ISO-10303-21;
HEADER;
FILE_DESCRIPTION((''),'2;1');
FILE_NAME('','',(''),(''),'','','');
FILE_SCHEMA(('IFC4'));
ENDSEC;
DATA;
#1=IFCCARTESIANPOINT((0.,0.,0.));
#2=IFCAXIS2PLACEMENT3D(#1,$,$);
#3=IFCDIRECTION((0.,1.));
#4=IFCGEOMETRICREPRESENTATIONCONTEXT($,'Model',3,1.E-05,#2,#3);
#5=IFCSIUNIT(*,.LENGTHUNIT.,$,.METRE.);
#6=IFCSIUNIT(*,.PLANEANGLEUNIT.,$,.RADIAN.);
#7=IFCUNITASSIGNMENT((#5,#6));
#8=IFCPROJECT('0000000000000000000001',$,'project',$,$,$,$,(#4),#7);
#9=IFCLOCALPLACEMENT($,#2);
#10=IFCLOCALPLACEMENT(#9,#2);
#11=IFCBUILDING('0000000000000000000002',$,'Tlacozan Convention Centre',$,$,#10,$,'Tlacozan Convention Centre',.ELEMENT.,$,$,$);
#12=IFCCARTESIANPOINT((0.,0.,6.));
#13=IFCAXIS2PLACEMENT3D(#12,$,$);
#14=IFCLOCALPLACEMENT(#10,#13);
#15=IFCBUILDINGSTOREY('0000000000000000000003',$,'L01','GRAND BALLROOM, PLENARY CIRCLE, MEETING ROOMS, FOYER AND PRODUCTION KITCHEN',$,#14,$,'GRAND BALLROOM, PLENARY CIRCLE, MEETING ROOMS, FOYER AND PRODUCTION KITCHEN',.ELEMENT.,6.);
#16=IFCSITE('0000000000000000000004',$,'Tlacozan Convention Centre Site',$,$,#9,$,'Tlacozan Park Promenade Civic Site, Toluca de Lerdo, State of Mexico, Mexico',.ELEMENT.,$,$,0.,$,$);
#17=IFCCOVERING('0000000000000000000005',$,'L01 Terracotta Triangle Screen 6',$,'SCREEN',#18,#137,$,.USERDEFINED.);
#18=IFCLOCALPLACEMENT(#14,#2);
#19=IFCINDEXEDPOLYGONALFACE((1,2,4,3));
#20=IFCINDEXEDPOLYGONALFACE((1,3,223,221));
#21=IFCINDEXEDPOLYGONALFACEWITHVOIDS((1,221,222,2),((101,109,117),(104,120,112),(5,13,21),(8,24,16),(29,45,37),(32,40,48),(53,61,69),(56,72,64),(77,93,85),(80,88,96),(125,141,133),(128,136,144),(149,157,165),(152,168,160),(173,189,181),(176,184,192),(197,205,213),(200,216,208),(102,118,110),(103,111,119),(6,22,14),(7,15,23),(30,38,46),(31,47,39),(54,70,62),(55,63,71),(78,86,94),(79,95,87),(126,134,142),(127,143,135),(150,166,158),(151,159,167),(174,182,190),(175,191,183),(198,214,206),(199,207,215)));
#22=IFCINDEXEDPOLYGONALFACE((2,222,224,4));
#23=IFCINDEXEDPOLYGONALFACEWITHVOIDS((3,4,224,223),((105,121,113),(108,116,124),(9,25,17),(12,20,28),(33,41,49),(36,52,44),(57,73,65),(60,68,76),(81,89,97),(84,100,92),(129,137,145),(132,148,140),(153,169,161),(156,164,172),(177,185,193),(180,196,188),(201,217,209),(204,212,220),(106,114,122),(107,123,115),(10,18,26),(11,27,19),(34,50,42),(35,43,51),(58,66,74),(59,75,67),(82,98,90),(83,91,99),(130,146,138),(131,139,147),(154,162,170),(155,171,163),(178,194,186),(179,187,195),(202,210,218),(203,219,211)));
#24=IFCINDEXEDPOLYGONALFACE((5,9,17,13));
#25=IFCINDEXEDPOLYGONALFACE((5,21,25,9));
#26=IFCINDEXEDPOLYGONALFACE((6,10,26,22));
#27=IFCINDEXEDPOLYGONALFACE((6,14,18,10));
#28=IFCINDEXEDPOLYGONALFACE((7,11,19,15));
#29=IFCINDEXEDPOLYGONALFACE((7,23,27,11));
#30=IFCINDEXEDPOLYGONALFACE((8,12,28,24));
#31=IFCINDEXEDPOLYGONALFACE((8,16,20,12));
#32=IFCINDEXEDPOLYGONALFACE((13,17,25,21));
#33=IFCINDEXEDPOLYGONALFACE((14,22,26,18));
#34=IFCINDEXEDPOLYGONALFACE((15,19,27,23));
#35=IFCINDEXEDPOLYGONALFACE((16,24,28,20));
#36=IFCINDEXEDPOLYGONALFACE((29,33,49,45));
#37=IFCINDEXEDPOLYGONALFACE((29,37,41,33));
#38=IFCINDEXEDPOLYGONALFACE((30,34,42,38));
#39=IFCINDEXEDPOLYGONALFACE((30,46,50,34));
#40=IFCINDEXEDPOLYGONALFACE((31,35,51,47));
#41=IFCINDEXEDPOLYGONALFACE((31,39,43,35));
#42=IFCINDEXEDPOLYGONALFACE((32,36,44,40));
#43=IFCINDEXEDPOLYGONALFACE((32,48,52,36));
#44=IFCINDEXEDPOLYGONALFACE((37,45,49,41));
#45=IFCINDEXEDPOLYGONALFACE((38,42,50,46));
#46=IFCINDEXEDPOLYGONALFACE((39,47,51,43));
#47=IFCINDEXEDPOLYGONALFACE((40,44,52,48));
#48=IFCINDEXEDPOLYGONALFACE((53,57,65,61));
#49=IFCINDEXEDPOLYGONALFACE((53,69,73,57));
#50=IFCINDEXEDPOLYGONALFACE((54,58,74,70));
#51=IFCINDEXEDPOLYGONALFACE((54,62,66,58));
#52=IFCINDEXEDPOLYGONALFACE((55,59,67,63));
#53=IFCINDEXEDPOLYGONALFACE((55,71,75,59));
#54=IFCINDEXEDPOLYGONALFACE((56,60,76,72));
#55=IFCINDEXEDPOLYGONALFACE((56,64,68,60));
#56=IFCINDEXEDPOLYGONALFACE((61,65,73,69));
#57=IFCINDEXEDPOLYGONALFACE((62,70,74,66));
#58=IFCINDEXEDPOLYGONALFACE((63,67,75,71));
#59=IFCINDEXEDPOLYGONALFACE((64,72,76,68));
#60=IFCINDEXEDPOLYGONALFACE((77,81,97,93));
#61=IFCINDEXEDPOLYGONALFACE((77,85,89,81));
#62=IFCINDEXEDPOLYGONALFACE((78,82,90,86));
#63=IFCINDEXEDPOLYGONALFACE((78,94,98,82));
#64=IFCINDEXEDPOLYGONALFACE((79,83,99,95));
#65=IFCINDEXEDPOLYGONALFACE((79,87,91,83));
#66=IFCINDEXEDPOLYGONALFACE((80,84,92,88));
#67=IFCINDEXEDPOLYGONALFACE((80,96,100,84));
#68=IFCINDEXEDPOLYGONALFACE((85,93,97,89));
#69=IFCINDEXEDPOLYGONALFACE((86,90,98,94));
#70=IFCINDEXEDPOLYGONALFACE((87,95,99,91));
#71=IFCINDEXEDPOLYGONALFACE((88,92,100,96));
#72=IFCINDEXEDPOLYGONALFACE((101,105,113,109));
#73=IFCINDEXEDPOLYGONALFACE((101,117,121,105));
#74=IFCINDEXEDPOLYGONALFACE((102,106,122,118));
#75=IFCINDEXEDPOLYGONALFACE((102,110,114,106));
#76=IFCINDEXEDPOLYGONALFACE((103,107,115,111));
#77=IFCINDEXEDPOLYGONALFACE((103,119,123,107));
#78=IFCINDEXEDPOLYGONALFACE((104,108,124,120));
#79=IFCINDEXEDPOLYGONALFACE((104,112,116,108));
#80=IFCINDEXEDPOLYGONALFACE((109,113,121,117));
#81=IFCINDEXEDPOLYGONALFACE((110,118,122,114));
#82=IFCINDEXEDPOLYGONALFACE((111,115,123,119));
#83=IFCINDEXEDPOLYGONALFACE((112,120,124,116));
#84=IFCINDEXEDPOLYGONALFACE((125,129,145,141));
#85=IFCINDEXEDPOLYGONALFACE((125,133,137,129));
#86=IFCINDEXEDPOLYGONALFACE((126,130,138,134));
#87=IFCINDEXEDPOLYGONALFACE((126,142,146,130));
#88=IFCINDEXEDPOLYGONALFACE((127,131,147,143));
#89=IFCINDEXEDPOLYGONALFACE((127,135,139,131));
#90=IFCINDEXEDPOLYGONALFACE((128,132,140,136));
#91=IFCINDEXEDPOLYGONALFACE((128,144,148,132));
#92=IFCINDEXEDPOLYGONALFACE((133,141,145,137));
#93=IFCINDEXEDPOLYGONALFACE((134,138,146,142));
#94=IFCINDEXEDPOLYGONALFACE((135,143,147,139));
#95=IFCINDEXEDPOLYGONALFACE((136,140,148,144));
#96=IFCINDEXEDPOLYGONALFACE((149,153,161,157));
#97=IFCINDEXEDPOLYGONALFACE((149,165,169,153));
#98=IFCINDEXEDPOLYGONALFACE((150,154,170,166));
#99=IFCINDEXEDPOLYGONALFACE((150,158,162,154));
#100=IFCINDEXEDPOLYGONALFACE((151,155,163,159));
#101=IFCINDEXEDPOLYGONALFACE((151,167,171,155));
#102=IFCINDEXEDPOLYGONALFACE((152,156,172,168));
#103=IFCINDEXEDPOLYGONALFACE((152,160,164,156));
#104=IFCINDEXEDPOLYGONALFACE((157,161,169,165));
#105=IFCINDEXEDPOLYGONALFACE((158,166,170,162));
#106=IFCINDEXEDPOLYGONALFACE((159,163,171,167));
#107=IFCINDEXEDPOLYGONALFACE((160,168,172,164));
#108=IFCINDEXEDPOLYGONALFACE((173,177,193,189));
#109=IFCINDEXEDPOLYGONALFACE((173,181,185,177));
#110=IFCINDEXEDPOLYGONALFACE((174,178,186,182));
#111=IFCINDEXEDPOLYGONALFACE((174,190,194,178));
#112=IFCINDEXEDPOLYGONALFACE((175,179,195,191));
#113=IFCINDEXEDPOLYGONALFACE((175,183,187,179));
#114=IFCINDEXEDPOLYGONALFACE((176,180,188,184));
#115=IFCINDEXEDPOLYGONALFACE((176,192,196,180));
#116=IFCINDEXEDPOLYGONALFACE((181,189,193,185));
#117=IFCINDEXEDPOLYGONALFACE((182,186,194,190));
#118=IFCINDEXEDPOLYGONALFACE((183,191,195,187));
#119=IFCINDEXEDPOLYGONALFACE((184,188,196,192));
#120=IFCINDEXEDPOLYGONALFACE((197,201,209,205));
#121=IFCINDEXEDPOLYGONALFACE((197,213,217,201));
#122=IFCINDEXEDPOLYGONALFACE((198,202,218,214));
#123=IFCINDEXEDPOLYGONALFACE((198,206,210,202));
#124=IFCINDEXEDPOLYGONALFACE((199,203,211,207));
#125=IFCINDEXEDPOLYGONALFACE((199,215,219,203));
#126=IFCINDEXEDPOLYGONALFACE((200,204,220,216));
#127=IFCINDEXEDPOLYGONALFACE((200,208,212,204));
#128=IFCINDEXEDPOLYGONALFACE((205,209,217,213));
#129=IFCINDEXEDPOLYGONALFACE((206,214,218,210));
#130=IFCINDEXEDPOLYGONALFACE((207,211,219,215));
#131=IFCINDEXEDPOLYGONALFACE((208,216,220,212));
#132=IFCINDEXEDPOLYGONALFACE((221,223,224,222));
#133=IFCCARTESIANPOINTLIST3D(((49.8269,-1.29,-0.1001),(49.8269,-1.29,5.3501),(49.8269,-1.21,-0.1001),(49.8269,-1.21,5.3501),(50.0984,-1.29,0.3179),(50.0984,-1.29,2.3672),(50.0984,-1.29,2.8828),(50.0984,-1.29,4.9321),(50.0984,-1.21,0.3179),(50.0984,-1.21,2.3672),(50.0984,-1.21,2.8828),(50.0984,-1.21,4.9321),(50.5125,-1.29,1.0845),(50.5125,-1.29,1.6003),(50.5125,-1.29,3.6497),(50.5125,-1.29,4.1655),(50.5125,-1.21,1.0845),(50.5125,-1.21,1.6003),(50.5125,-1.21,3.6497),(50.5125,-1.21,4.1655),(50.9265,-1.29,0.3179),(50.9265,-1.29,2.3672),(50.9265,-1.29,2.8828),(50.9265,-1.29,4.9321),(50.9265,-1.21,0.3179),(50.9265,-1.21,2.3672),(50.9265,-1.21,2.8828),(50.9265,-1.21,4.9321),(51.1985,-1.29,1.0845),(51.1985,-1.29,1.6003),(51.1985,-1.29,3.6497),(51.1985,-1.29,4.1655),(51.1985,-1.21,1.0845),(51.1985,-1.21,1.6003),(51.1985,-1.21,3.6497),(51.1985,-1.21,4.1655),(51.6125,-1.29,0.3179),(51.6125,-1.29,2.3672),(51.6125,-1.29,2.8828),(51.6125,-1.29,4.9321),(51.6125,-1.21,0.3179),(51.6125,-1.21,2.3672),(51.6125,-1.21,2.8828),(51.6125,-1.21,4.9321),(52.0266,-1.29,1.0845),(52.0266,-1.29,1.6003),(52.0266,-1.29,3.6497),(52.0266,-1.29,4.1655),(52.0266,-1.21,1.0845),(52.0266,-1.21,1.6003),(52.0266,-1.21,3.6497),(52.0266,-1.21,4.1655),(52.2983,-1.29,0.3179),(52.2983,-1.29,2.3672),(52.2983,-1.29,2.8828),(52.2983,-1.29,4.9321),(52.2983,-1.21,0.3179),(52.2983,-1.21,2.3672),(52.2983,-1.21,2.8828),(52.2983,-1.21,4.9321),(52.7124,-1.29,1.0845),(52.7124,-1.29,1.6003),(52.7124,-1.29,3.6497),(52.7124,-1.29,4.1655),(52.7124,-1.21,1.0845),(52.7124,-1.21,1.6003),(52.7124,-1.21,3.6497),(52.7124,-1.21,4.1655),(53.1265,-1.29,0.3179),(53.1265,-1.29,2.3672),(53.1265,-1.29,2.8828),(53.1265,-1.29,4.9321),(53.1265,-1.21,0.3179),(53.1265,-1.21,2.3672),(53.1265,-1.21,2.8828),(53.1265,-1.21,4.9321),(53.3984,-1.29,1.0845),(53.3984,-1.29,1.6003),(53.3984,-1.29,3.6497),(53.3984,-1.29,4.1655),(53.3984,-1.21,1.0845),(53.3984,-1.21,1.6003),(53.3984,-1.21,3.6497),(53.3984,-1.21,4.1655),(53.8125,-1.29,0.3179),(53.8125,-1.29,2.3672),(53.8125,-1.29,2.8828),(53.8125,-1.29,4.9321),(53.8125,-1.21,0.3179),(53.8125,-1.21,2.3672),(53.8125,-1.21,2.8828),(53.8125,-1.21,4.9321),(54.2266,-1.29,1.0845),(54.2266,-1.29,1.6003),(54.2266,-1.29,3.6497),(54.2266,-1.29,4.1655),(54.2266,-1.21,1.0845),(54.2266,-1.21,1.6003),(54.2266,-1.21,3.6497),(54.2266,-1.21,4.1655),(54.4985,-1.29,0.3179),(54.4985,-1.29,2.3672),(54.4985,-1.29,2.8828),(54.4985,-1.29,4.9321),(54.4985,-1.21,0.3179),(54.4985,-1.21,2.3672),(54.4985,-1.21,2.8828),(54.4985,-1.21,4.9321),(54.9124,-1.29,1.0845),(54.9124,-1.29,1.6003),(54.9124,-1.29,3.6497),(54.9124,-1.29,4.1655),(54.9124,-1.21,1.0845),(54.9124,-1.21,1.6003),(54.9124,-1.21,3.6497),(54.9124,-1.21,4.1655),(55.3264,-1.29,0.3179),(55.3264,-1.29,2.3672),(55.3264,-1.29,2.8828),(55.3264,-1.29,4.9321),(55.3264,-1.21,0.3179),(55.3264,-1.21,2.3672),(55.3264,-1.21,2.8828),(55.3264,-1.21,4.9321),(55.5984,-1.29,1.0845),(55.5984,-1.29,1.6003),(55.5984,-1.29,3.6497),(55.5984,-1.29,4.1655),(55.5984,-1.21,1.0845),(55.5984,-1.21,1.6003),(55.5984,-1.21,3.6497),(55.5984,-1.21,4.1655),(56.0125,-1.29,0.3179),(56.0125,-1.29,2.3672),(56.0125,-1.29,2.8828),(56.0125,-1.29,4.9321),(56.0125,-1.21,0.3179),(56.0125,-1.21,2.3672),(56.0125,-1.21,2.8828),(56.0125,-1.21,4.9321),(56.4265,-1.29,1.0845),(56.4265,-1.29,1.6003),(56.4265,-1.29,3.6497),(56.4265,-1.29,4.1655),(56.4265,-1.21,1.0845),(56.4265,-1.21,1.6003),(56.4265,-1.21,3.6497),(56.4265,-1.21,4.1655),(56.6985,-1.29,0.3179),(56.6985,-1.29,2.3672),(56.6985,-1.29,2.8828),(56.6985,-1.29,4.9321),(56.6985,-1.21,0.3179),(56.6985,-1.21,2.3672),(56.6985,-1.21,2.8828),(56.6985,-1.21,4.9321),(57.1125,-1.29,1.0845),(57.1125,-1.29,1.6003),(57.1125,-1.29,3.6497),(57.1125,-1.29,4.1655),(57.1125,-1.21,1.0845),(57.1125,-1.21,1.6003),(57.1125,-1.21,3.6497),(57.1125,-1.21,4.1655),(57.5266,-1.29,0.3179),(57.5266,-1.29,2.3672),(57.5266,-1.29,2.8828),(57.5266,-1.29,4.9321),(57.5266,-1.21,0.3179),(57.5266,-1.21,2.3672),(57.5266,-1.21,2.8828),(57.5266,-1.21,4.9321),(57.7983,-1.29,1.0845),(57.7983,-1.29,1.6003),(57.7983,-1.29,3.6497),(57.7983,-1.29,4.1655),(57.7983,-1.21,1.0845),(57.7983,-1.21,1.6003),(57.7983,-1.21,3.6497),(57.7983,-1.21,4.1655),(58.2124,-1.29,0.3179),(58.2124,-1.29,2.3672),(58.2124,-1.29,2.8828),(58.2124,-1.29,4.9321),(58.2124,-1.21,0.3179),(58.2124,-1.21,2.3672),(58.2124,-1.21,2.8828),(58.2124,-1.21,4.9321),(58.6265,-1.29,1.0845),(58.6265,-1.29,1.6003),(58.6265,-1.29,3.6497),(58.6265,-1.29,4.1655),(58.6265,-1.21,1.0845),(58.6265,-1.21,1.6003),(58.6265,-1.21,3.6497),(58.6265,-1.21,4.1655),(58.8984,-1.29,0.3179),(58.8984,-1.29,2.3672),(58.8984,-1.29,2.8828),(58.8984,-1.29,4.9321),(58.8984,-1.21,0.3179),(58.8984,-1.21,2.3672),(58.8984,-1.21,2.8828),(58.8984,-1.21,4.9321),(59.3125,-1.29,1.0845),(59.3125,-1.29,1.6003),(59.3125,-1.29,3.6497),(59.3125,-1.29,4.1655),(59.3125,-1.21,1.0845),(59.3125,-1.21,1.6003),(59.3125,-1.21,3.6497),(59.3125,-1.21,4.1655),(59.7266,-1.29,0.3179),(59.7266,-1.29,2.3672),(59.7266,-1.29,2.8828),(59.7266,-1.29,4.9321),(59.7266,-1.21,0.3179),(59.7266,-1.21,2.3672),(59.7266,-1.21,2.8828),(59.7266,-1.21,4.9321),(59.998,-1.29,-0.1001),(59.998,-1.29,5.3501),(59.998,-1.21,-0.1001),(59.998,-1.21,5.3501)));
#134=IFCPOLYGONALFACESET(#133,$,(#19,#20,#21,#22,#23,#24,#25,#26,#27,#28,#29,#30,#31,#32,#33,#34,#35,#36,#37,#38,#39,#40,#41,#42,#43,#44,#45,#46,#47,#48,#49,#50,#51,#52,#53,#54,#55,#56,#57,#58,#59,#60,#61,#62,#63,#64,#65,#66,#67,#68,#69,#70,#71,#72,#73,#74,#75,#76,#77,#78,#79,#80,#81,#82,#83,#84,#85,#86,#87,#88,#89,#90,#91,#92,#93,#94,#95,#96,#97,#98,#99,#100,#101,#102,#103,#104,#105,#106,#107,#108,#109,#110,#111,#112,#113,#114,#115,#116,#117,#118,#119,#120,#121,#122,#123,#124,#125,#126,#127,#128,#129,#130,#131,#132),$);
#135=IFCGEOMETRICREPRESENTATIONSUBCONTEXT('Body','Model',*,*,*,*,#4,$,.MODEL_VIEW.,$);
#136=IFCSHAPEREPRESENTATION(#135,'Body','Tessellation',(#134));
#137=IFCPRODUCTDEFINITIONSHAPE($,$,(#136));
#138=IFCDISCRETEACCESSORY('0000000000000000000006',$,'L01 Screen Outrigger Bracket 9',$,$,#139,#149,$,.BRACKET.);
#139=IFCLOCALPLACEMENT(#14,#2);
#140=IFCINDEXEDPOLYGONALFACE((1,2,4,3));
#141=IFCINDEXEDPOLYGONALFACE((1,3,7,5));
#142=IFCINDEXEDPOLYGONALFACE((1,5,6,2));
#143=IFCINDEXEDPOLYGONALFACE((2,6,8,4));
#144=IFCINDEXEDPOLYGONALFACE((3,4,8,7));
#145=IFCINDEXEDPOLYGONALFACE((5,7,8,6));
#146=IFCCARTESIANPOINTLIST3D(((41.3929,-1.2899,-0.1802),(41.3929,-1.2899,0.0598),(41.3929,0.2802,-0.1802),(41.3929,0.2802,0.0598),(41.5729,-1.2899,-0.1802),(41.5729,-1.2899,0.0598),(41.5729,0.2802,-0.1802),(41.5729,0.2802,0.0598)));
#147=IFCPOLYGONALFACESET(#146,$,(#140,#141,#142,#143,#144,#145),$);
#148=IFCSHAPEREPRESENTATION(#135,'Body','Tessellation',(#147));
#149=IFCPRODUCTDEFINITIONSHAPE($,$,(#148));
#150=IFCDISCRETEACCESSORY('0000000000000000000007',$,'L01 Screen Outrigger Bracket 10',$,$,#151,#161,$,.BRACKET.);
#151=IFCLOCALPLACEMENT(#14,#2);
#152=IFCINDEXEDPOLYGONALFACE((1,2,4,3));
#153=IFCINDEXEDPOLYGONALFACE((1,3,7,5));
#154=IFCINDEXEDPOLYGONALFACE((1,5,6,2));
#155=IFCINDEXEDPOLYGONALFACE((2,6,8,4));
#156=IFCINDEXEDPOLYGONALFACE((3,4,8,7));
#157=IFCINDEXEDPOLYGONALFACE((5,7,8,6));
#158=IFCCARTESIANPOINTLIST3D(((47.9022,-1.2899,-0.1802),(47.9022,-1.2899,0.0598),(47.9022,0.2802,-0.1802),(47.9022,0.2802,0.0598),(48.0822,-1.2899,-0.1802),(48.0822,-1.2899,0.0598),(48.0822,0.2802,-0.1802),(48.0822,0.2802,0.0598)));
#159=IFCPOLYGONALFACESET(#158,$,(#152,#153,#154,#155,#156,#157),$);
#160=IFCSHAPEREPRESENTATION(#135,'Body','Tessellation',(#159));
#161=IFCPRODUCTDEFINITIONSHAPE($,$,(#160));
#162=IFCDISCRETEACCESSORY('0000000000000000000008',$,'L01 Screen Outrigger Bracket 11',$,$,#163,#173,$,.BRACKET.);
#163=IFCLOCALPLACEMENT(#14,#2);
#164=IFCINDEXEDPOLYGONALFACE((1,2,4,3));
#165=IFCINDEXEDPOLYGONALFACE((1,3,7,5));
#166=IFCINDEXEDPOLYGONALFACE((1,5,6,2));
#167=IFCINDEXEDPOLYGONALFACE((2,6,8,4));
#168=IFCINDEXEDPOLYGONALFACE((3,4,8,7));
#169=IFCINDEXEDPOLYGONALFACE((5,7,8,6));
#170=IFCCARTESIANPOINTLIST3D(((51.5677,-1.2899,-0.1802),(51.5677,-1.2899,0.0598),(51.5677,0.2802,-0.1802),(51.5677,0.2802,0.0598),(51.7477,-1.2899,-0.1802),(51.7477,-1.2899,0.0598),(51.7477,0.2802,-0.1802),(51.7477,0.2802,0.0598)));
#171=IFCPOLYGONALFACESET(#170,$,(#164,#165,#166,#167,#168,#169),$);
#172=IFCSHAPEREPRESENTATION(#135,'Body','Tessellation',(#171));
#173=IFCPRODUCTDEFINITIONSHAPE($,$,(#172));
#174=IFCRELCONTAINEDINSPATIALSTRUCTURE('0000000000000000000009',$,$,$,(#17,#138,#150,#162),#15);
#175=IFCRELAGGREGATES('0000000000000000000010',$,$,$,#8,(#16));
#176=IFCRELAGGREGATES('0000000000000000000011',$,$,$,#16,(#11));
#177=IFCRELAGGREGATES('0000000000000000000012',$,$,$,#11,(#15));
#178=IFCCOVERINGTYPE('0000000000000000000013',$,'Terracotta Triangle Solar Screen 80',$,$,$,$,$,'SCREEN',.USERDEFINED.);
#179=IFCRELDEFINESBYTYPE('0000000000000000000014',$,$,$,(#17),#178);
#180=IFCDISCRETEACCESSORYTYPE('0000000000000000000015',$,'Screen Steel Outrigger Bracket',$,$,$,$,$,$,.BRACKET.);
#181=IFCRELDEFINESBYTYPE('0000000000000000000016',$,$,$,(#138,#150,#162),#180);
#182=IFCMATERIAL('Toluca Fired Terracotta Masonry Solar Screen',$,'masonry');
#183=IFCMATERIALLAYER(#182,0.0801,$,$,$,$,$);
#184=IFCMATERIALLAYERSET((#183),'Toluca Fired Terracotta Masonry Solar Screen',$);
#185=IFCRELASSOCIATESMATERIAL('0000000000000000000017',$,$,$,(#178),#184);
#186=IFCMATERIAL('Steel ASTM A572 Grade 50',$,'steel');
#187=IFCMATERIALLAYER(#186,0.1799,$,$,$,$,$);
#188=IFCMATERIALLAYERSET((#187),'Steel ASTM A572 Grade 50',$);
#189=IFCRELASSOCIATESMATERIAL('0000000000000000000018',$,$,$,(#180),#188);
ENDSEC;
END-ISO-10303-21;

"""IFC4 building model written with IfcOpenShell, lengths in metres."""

from ifc_helpers import new_model, si_unit, direction, frame, origin, origin_2d, place, context, subcontext, project, spatial, polyline, rectangle, outline, extrude, material, layer, layer_set, type_object, element, save


model = new_model("IFC4")

# Units and contexts
model_context = context("Model", 3, precision=1e-05, world=origin(), true_north=direction((0.0, 1.0)))
body_context = subcontext(model_context, "Body", "Model", "MODEL_VIEW")
ifc_project = project(units=[si_unit("LENGTHUNIT", "METRE"), si_unit("PLANEANGLEUNIT", "RADIAN")], contexts=[model_context])

# Site, building, storey
site_placement = place(None, origin())
site = spatial("IfcSite", under=ifc_project, at=site_placement, Name="Tlacozan Convention Centre Site", LongName="Tlacozan Park Promenade Civic Site, Toluca de Lerdo, State of Mexico, Mexico", CompositionType="ELEMENT", RefElevation=0.0)
building_placement = place(site_placement, origin())
building = spatial("IfcBuilding", under=site, at=building_placement, Name="Tlacozan Convention Centre", LongName="Tlacozan Convention Centre", CompositionType="ELEMENT")
storey_placement = place(building_placement, frame((0.0, 0.0, 6.0)))
storey = spatial("IfcBuildingStorey", under=building, at=storey_placement, Name="L01", Description="GRAND BALLROOM, PLENARY CIRCLE, MEETING ROOMS, FOYER AND PRODUCTION KITCHEN", LongName="GRAND BALLROOM, PLENARY CIRCLE, MEETING ROOMS, FOYER AND PRODUCTION KITCHEN", CompositionType="ELEMENT", Elevation=6.0)

# Covering
ifc_material_1 = material(Name="Toluca Fired Terracotta Masonry Solar Screen", Category="masonry")
ifc_layer_1 = layer(ifc_material_1, 0.0801)
ifc_layer_set_1 = layer_set([ifc_layer_1], Name="Toluca Fired Terracotta Masonry Solar Screen")
covering_type = type_object("IfcCoveringType", Name="Terracotta Triangle Solar Screen 80", ElementType="SCREEN", PredefinedType="USERDEFINED", material=ifc_layer_set_1)
covering_placement = place(storey_placement, frame((49.8269, -1.25, -0.1001), z_axis=(0.0, 0.0, 1.0), x_axis=(1.0, 0.0, 0.0)))
element("IfcCovering", 1, at=covering_placement, inside=storey, type_object=covering_type, Name="L01 Terracotta Triangle Screen 6", ObjectType="SCREEN", PredefinedType="USERDEFINED", context=body_context, shape_type="SweptSolid", body=[
    extrude(outline(polyline([(0.0, 0.0), (10.1711, 0.0), (10.1711, 5.4502), (0.0, 5.4502), (0.0, 0.0)]), holes=[polyline([(0.2715, 0.418), (1.0996, 0.418), (0.6855, 1.1846), (0.2715, 0.418)]), polyline([(1.3716, 1.1846), (2.1997, 1.1846), (1.7856, 0.418), (1.3716, 1.1846)]), polyline([(2.4714, 0.418), (3.2996, 0.418), (2.8855, 1.1846), (2.4714, 0.418)]), polyline([(3.5715, 1.1846), (4.3997, 1.1846), (3.9856, 0.418), (3.5715, 1.1846)]), polyline([(4.6716, 0.418), (5.4995, 0.418), (5.0854, 1.1846), (4.6716, 0.418)]), polyline([(5.7715, 1.1846), (6.5996, 1.1846), (6.1855, 0.418), (5.7715, 1.1846)]), polyline([(6.8716, 0.418), (7.6997, 0.418), (7.2856, 1.1846), (6.8716, 0.418)]), polyline([(7.9714, 1.1846), (8.7996, 1.1846), (8.3855, 0.418), (7.9714, 1.1846)]), polyline([(9.0715, 0.418), (9.8997, 0.418), (9.4856, 1.1846), (9.0715, 0.418)]), polyline([(0.2715, 2.4673), (1.0996, 2.4673), (0.6855, 1.7004), (0.2715, 2.4673)]), polyline([(1.3716, 1.7004), (2.1997, 1.7004), (1.7856, 2.4673), (1.3716, 1.7004)]), polyline([(2.4714, 2.4673), (3.2996, 2.4673), (2.8855, 1.7004), (2.4714, 2.4673)]), polyline([(3.5715, 1.7004), (4.3997, 1.7004), (3.9856, 2.4673), (3.5715, 1.7004)]), polyline([(4.6716, 2.4673), (5.4995, 2.4673), (5.0854, 1.7004), (4.6716, 2.4673)]), polyline([(5.7715, 1.7004), (6.5996, 1.7004), (6.1855, 2.4673), (5.7715, 1.7004)]), polyline([(6.8716, 2.4673), (7.6997, 2.4673), (7.2856, 1.7004), (6.8716, 2.4673)]), polyline([(7.9714, 1.7004), (8.7996, 1.7004), (8.3855, 2.4673), (7.9714, 1.7004)]), polyline([(9.0715, 2.4673), (9.8997, 2.4673), (9.4856, 1.7004), (9.0715, 2.4673)]), polyline([(0.2715, 2.9829), (1.0996, 2.9829), (0.6855, 3.7498), (0.2715, 2.9829)]), polyline([(1.3716, 3.7498), (2.1997, 3.7498), (1.7856, 2.9829), (1.3716, 3.7498)]), polyline([(2.4714, 2.9829), (3.2996, 2.9829), (2.8855, 3.7498), (2.4714, 2.9829)]), polyline([(3.5715, 3.7498), (4.3997, 3.7498), (3.9856, 2.9829), (3.5715, 3.7498)]), polyline([(4.6716, 2.9829), (5.4995, 2.9829), (5.0854, 3.7498), (4.6716, 2.9829)]), polyline([(5.7715, 3.7498), (6.5996, 3.7498), (6.1855, 2.9829), (5.7715, 3.7498)]), polyline([(6.8716, 2.9829), (7.6997, 2.9829), (7.2856, 3.7498), (6.8716, 2.9829)]), polyline([(7.9714, 3.7498), (8.7996, 3.7498), (8.3855, 2.9829), (7.9714, 3.7498)]), polyline([(9.0715, 2.9829), (9.8997, 2.9829), (9.4856, 3.7498), (9.0715, 2.9829)]), polyline([(0.2715, 5.0322), (1.0996, 5.0322), (0.6855, 4.2656), (0.2715, 5.0322)]), polyline([(1.3716, 4.2656), (2.1997, 4.2656), (1.7856, 5.0322), (1.3716, 4.2656)]), polyline([(2.4714, 5.0322), (3.2996, 5.0322), (2.8855, 4.2656), (2.4714, 5.0322)]), polyline([(3.5715, 4.2656), (4.3997, 4.2656), (3.9856, 5.0322), (3.5715, 4.2656)]), polyline([(4.6716, 5.0322), (5.4995, 5.0322), (5.0854, 4.2656), (4.6716, 5.0322)]), polyline([(5.7715, 4.2656), (6.5996, 4.2656), (6.1855, 5.0322), (5.7715, 4.2656)]), polyline([(6.8716, 5.0322), (7.6997, 5.0322), (7.2856, 4.2656), (6.8716, 5.0322)]), polyline([(7.9714, 4.2656), (8.7996, 4.2656), (8.3855, 5.0322), (7.9714, 4.2656)]), polyline([(9.0715, 5.0322), (9.8997, 5.0322), (9.4856, 4.2656), (9.0715, 5.0322)])]), frame((0.0, 0.04, 0.0), z_axis=(0.0, -1.0, 0.0), x_axis=(1.0, 0.0, 0.0)), (0.0, 0.0, 1.0), 0.0801),
])

# Discrete accessories
ifc_material_2 = material(Name="Steel ASTM A572 Grade 50", Category="steel")
ifc_layer_2 = layer(ifc_material_2, 0.1799)
ifc_layer_set_2 = layer_set([ifc_layer_2], Name="Steel ASTM A572 Grade 50")
discrete_accessory_type = type_object("IfcDiscreteAccessoryType", Name="Screen Steel Outrigger Bracket", PredefinedType="BRACKET", material=ifc_layer_set_2)
for number, where, z_axis, x_axis, name in (
    (2, (41.4829, -0.5049, -0.1802), (0.0, 0.0, 1.0), (0.0, 1.0, 0.0), "L01 Screen Outrigger Bracket 9"),
    (3, (47.9922, -0.5049, -0.1802), (0.0, 0.0, 1.0), (0.0, 1.0, 0.0), "L01 Screen Outrigger Bracket 10"),
    (4, (51.6577, -0.5049, -0.1802), (0.0, 0.0, 1.0), (0.0, 1.0, 0.0), "L01 Screen Outrigger Bracket 11"),
):
    element("IfcDiscreteAccessory", number, at=place(storey_placement, frame(where, z_axis=z_axis, x_axis=x_axis)), inside=storey, type_object=discrete_accessory_type, Name=name, PredefinedType="BRACKET", context=body_context, shape_type="SweptSolid", body=[
        extrude(rectangle(XDim=1.5701, YDim=0.1799, at=origin_2d()), origin(), (0.0, 0.0, 1.0), 0.24),
    ])

save(model, "model.ifc")
